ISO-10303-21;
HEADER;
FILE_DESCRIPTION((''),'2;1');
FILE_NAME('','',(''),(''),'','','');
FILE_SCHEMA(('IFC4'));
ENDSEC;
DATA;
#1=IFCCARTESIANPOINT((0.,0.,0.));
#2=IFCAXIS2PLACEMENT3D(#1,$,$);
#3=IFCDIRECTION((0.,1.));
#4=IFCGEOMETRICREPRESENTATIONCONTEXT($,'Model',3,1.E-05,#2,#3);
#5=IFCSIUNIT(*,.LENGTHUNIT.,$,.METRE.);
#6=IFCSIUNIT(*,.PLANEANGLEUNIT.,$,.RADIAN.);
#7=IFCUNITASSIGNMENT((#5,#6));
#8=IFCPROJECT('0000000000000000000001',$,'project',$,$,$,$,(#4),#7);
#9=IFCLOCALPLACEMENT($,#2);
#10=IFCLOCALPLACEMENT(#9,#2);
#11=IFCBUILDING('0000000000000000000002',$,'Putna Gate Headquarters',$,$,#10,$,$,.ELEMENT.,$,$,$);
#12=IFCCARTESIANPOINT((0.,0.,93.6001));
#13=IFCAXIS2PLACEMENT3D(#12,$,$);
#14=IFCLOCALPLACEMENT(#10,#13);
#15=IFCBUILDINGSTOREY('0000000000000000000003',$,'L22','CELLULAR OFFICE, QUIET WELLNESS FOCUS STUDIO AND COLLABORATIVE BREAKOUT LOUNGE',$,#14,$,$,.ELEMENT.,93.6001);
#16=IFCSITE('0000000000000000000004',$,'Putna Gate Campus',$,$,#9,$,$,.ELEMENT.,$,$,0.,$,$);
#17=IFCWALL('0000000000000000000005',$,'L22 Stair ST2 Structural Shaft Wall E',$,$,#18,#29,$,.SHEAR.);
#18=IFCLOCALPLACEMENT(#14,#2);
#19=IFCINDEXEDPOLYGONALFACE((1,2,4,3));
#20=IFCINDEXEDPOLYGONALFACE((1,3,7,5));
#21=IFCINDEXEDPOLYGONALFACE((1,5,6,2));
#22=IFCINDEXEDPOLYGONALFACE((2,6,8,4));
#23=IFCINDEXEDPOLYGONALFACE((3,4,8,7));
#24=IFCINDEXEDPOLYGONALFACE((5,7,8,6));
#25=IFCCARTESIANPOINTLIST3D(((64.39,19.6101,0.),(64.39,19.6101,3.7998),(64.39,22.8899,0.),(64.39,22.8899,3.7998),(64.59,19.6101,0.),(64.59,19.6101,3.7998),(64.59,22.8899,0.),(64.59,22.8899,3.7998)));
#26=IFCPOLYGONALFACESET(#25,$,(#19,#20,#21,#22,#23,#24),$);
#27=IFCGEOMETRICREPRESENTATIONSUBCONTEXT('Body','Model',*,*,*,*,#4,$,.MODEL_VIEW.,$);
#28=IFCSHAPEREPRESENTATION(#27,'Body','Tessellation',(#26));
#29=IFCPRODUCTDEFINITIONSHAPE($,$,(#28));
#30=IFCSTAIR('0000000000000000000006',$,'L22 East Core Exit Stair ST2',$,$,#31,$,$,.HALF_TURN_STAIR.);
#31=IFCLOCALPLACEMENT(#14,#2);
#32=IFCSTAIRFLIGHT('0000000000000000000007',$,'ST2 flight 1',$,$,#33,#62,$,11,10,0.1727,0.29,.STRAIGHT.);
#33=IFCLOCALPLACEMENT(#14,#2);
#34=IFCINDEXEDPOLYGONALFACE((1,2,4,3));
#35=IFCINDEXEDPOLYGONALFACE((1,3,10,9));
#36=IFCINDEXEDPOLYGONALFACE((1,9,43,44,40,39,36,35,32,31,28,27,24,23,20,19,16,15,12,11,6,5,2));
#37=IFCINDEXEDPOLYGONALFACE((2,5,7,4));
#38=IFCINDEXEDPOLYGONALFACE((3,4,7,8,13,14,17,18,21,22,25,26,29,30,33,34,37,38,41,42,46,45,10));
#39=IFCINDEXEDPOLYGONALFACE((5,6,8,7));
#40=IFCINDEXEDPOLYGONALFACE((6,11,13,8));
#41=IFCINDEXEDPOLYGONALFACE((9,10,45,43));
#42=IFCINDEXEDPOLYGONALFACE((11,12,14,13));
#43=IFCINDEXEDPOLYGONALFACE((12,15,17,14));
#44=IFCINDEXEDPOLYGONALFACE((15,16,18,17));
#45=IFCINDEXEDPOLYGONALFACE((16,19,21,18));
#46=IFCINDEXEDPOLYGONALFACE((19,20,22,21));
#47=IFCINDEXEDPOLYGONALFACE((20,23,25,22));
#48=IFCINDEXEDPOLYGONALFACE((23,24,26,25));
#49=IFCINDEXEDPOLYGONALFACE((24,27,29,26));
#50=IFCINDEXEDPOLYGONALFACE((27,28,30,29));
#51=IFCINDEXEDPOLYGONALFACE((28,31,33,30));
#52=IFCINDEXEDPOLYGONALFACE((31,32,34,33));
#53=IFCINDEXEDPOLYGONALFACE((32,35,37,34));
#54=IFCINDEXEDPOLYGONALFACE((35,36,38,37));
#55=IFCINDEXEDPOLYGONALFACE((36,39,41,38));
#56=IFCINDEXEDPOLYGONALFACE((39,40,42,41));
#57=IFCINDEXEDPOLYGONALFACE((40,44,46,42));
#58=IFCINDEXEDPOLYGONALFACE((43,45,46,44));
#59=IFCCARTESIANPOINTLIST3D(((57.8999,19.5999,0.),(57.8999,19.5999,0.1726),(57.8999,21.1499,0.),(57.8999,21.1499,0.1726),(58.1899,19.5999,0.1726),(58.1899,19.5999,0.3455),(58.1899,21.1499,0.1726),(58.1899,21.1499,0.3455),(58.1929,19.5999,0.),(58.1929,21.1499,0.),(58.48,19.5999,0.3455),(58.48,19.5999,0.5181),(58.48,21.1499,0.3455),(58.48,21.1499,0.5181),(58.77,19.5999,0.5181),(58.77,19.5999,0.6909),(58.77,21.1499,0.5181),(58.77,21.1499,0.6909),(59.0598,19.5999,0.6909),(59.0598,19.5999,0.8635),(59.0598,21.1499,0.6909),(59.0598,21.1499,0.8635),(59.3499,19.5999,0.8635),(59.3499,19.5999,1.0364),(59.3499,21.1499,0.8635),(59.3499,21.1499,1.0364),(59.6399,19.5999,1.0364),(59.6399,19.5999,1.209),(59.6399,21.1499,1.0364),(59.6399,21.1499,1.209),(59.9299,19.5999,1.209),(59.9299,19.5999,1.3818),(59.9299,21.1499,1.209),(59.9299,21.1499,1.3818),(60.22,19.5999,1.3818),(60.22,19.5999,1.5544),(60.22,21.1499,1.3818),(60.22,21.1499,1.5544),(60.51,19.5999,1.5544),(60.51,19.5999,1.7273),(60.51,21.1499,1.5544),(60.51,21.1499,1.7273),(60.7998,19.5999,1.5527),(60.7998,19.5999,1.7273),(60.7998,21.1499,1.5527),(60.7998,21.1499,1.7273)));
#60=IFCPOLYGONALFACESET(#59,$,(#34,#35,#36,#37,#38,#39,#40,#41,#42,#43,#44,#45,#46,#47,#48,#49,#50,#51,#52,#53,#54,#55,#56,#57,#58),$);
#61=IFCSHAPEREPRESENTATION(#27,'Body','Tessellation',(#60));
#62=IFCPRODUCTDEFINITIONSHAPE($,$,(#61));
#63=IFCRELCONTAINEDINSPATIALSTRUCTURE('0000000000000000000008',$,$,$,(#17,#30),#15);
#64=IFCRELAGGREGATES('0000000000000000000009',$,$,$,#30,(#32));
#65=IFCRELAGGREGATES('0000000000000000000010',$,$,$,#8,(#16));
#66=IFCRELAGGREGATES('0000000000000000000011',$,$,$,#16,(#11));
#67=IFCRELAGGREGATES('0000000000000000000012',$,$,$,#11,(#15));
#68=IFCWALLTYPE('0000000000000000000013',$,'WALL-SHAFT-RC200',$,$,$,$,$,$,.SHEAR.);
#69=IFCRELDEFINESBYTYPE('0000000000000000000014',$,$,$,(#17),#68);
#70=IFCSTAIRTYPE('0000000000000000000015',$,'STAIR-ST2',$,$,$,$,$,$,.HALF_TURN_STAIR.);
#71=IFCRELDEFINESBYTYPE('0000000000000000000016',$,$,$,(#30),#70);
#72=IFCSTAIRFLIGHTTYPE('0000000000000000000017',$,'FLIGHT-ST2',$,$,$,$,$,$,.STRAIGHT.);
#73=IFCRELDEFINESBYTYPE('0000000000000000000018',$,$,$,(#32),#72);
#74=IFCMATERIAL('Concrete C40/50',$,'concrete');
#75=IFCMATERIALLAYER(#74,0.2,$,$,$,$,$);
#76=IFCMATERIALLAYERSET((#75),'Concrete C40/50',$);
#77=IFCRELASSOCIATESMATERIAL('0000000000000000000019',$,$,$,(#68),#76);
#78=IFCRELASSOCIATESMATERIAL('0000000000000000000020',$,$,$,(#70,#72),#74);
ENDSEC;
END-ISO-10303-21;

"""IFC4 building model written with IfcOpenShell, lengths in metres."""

from ifc_helpers import new_model, si_unit, direction, frame, frame_2d, origin, place, context, subcontext, project, spatial, polyline, rectangle, outline, extrude, material, layer, layer_set, type_object, element, aggregate, save


model = new_model("IFC4")

# Units and contexts
model_context = context("Model", 3, precision=1e-05, world=origin(), true_north=direction((0.0, 1.0)))
body_context = subcontext(model_context, "Body", "Model", "MODEL_VIEW")
ifc_project = project(units=[si_unit("LENGTHUNIT", "METRE"), si_unit("PLANEANGLEUNIT", "RADIAN")], contexts=[model_context])

# Site, building, storey
site_placement = place(None, origin())
site = spatial("IfcSite", under=ifc_project, at=site_placement, Name="Putna Gate Campus", CompositionType="ELEMENT", RefElevation=0.0)
building_placement = place(site_placement, origin())
building = spatial("IfcBuilding", under=site, at=building_placement, Name="Putna Gate Headquarters", CompositionType="ELEMENT")
storey_placement = place(building_placement, frame((0.0, 0.0, 93.6001)))
storey = spatial("IfcBuildingStorey", under=building, at=storey_placement, Name="L22", Description="CELLULAR OFFICE, QUIET WELLNESS FOCUS STUDIO AND COLLABORATIVE BREAKOUT LOUNGE", CompositionType="ELEMENT", Elevation=93.6001)

# Wall
ifc_material_1 = material(Name="Concrete C40/50", Category="concrete")
ifc_layer_1 = layer(ifc_material_1, 0.2)
ifc_layer_set_1 = layer_set([ifc_layer_1], Name="Concrete C40/50")
wall_type_1 = type_object("IfcWallType", Name="WALL-SHAFT-RC200", PredefinedType="SHEAR", material=ifc_layer_set_1)
wall_1_placement = place(storey_placement, frame((64.49, 19.6101, 0.0), z_axis=(0.0, 0.0, 1.0), x_axis=(0.0, 1.0, 0.0)))
element("IfcWall", 1, at=wall_1_placement, inside=storey, type_object=wall_type_1, Name="L22 Stair ST2 Structural Shaft Wall E", PredefinedType="SHEAR", context=body_context, shape_type="SweptSolid", body=[
    extrude(rectangle(XDim=3.2798, YDim=0.2, at=frame_2d((1.6399, 0.0))), origin(), (0.0, 0.0, 1.0), 3.7998),
])

# Stair, stair flight
stair_type = type_object("IfcStairType", Name="STAIR-ST2", PredefinedType="HALF_TURN_STAIR", material=ifc_material_1)
stair_placement = place(storey_placement, origin())
stair = element("IfcStair", 2, at=stair_placement, inside=storey, type_object=stair_type, Name="L22 East Core Exit Stair ST2", PredefinedType="HALF_TURN_STAIR")
stair_flight_type = type_object("IfcStairFlightType", Name="FLIGHT-ST2", PredefinedType="STRAIGHT", material=ifc_material_1)
stair_flight_placement = place(storey_placement, frame((57.8999, 20.375, 0.0), z_axis=(0.0, 0.0, 1.0), x_axis=(1.0, 0.0, 0.0)))
stair_flight = element("IfcStairFlight", 3, at=stair_flight_placement, type_object=stair_flight_type, Name="ST2 flight 1", NumberOfRisers=11, NumberOfTreads=10, PredefinedType="STRAIGHT", RiserHeight=0.1727, TreadLength=0.29, context=body_context, shape_type="SweptSolid", body=[
    extrude(outline(polyline([(0.0, 0.0), (0.0, 0.1726), (0.29, 0.1726), (0.29, 0.3455), (0.5801, 0.3455), (0.5801, 0.5181), (0.8701, 0.5181), (0.8701, 0.6909), (1.1599, 0.6909), (1.1599, 0.8635), (1.45, 0.8635), (1.45, 1.0364), (1.74, 1.0364), (1.74, 1.209), (2.03, 1.209), (2.03, 1.3818), (2.3201, 1.3818), (2.3201, 1.5544), (2.6101, 1.5544), (2.6101, 1.7273), (2.8999, 1.7273), (2.8999, 1.8999), (2.8999, 1.5527), (0.293, 0.0), (0.0, 0.0)])), frame((0.0, 0.7749, 0.0), z_axis=(0.0, -1.0, 0.0), x_axis=(1.0, 0.0, 0.0)), (0.0, 0.0, 1.0), 1.55),
])
aggregate(stair, [stair_flight])

save(model, "model.ifc")
